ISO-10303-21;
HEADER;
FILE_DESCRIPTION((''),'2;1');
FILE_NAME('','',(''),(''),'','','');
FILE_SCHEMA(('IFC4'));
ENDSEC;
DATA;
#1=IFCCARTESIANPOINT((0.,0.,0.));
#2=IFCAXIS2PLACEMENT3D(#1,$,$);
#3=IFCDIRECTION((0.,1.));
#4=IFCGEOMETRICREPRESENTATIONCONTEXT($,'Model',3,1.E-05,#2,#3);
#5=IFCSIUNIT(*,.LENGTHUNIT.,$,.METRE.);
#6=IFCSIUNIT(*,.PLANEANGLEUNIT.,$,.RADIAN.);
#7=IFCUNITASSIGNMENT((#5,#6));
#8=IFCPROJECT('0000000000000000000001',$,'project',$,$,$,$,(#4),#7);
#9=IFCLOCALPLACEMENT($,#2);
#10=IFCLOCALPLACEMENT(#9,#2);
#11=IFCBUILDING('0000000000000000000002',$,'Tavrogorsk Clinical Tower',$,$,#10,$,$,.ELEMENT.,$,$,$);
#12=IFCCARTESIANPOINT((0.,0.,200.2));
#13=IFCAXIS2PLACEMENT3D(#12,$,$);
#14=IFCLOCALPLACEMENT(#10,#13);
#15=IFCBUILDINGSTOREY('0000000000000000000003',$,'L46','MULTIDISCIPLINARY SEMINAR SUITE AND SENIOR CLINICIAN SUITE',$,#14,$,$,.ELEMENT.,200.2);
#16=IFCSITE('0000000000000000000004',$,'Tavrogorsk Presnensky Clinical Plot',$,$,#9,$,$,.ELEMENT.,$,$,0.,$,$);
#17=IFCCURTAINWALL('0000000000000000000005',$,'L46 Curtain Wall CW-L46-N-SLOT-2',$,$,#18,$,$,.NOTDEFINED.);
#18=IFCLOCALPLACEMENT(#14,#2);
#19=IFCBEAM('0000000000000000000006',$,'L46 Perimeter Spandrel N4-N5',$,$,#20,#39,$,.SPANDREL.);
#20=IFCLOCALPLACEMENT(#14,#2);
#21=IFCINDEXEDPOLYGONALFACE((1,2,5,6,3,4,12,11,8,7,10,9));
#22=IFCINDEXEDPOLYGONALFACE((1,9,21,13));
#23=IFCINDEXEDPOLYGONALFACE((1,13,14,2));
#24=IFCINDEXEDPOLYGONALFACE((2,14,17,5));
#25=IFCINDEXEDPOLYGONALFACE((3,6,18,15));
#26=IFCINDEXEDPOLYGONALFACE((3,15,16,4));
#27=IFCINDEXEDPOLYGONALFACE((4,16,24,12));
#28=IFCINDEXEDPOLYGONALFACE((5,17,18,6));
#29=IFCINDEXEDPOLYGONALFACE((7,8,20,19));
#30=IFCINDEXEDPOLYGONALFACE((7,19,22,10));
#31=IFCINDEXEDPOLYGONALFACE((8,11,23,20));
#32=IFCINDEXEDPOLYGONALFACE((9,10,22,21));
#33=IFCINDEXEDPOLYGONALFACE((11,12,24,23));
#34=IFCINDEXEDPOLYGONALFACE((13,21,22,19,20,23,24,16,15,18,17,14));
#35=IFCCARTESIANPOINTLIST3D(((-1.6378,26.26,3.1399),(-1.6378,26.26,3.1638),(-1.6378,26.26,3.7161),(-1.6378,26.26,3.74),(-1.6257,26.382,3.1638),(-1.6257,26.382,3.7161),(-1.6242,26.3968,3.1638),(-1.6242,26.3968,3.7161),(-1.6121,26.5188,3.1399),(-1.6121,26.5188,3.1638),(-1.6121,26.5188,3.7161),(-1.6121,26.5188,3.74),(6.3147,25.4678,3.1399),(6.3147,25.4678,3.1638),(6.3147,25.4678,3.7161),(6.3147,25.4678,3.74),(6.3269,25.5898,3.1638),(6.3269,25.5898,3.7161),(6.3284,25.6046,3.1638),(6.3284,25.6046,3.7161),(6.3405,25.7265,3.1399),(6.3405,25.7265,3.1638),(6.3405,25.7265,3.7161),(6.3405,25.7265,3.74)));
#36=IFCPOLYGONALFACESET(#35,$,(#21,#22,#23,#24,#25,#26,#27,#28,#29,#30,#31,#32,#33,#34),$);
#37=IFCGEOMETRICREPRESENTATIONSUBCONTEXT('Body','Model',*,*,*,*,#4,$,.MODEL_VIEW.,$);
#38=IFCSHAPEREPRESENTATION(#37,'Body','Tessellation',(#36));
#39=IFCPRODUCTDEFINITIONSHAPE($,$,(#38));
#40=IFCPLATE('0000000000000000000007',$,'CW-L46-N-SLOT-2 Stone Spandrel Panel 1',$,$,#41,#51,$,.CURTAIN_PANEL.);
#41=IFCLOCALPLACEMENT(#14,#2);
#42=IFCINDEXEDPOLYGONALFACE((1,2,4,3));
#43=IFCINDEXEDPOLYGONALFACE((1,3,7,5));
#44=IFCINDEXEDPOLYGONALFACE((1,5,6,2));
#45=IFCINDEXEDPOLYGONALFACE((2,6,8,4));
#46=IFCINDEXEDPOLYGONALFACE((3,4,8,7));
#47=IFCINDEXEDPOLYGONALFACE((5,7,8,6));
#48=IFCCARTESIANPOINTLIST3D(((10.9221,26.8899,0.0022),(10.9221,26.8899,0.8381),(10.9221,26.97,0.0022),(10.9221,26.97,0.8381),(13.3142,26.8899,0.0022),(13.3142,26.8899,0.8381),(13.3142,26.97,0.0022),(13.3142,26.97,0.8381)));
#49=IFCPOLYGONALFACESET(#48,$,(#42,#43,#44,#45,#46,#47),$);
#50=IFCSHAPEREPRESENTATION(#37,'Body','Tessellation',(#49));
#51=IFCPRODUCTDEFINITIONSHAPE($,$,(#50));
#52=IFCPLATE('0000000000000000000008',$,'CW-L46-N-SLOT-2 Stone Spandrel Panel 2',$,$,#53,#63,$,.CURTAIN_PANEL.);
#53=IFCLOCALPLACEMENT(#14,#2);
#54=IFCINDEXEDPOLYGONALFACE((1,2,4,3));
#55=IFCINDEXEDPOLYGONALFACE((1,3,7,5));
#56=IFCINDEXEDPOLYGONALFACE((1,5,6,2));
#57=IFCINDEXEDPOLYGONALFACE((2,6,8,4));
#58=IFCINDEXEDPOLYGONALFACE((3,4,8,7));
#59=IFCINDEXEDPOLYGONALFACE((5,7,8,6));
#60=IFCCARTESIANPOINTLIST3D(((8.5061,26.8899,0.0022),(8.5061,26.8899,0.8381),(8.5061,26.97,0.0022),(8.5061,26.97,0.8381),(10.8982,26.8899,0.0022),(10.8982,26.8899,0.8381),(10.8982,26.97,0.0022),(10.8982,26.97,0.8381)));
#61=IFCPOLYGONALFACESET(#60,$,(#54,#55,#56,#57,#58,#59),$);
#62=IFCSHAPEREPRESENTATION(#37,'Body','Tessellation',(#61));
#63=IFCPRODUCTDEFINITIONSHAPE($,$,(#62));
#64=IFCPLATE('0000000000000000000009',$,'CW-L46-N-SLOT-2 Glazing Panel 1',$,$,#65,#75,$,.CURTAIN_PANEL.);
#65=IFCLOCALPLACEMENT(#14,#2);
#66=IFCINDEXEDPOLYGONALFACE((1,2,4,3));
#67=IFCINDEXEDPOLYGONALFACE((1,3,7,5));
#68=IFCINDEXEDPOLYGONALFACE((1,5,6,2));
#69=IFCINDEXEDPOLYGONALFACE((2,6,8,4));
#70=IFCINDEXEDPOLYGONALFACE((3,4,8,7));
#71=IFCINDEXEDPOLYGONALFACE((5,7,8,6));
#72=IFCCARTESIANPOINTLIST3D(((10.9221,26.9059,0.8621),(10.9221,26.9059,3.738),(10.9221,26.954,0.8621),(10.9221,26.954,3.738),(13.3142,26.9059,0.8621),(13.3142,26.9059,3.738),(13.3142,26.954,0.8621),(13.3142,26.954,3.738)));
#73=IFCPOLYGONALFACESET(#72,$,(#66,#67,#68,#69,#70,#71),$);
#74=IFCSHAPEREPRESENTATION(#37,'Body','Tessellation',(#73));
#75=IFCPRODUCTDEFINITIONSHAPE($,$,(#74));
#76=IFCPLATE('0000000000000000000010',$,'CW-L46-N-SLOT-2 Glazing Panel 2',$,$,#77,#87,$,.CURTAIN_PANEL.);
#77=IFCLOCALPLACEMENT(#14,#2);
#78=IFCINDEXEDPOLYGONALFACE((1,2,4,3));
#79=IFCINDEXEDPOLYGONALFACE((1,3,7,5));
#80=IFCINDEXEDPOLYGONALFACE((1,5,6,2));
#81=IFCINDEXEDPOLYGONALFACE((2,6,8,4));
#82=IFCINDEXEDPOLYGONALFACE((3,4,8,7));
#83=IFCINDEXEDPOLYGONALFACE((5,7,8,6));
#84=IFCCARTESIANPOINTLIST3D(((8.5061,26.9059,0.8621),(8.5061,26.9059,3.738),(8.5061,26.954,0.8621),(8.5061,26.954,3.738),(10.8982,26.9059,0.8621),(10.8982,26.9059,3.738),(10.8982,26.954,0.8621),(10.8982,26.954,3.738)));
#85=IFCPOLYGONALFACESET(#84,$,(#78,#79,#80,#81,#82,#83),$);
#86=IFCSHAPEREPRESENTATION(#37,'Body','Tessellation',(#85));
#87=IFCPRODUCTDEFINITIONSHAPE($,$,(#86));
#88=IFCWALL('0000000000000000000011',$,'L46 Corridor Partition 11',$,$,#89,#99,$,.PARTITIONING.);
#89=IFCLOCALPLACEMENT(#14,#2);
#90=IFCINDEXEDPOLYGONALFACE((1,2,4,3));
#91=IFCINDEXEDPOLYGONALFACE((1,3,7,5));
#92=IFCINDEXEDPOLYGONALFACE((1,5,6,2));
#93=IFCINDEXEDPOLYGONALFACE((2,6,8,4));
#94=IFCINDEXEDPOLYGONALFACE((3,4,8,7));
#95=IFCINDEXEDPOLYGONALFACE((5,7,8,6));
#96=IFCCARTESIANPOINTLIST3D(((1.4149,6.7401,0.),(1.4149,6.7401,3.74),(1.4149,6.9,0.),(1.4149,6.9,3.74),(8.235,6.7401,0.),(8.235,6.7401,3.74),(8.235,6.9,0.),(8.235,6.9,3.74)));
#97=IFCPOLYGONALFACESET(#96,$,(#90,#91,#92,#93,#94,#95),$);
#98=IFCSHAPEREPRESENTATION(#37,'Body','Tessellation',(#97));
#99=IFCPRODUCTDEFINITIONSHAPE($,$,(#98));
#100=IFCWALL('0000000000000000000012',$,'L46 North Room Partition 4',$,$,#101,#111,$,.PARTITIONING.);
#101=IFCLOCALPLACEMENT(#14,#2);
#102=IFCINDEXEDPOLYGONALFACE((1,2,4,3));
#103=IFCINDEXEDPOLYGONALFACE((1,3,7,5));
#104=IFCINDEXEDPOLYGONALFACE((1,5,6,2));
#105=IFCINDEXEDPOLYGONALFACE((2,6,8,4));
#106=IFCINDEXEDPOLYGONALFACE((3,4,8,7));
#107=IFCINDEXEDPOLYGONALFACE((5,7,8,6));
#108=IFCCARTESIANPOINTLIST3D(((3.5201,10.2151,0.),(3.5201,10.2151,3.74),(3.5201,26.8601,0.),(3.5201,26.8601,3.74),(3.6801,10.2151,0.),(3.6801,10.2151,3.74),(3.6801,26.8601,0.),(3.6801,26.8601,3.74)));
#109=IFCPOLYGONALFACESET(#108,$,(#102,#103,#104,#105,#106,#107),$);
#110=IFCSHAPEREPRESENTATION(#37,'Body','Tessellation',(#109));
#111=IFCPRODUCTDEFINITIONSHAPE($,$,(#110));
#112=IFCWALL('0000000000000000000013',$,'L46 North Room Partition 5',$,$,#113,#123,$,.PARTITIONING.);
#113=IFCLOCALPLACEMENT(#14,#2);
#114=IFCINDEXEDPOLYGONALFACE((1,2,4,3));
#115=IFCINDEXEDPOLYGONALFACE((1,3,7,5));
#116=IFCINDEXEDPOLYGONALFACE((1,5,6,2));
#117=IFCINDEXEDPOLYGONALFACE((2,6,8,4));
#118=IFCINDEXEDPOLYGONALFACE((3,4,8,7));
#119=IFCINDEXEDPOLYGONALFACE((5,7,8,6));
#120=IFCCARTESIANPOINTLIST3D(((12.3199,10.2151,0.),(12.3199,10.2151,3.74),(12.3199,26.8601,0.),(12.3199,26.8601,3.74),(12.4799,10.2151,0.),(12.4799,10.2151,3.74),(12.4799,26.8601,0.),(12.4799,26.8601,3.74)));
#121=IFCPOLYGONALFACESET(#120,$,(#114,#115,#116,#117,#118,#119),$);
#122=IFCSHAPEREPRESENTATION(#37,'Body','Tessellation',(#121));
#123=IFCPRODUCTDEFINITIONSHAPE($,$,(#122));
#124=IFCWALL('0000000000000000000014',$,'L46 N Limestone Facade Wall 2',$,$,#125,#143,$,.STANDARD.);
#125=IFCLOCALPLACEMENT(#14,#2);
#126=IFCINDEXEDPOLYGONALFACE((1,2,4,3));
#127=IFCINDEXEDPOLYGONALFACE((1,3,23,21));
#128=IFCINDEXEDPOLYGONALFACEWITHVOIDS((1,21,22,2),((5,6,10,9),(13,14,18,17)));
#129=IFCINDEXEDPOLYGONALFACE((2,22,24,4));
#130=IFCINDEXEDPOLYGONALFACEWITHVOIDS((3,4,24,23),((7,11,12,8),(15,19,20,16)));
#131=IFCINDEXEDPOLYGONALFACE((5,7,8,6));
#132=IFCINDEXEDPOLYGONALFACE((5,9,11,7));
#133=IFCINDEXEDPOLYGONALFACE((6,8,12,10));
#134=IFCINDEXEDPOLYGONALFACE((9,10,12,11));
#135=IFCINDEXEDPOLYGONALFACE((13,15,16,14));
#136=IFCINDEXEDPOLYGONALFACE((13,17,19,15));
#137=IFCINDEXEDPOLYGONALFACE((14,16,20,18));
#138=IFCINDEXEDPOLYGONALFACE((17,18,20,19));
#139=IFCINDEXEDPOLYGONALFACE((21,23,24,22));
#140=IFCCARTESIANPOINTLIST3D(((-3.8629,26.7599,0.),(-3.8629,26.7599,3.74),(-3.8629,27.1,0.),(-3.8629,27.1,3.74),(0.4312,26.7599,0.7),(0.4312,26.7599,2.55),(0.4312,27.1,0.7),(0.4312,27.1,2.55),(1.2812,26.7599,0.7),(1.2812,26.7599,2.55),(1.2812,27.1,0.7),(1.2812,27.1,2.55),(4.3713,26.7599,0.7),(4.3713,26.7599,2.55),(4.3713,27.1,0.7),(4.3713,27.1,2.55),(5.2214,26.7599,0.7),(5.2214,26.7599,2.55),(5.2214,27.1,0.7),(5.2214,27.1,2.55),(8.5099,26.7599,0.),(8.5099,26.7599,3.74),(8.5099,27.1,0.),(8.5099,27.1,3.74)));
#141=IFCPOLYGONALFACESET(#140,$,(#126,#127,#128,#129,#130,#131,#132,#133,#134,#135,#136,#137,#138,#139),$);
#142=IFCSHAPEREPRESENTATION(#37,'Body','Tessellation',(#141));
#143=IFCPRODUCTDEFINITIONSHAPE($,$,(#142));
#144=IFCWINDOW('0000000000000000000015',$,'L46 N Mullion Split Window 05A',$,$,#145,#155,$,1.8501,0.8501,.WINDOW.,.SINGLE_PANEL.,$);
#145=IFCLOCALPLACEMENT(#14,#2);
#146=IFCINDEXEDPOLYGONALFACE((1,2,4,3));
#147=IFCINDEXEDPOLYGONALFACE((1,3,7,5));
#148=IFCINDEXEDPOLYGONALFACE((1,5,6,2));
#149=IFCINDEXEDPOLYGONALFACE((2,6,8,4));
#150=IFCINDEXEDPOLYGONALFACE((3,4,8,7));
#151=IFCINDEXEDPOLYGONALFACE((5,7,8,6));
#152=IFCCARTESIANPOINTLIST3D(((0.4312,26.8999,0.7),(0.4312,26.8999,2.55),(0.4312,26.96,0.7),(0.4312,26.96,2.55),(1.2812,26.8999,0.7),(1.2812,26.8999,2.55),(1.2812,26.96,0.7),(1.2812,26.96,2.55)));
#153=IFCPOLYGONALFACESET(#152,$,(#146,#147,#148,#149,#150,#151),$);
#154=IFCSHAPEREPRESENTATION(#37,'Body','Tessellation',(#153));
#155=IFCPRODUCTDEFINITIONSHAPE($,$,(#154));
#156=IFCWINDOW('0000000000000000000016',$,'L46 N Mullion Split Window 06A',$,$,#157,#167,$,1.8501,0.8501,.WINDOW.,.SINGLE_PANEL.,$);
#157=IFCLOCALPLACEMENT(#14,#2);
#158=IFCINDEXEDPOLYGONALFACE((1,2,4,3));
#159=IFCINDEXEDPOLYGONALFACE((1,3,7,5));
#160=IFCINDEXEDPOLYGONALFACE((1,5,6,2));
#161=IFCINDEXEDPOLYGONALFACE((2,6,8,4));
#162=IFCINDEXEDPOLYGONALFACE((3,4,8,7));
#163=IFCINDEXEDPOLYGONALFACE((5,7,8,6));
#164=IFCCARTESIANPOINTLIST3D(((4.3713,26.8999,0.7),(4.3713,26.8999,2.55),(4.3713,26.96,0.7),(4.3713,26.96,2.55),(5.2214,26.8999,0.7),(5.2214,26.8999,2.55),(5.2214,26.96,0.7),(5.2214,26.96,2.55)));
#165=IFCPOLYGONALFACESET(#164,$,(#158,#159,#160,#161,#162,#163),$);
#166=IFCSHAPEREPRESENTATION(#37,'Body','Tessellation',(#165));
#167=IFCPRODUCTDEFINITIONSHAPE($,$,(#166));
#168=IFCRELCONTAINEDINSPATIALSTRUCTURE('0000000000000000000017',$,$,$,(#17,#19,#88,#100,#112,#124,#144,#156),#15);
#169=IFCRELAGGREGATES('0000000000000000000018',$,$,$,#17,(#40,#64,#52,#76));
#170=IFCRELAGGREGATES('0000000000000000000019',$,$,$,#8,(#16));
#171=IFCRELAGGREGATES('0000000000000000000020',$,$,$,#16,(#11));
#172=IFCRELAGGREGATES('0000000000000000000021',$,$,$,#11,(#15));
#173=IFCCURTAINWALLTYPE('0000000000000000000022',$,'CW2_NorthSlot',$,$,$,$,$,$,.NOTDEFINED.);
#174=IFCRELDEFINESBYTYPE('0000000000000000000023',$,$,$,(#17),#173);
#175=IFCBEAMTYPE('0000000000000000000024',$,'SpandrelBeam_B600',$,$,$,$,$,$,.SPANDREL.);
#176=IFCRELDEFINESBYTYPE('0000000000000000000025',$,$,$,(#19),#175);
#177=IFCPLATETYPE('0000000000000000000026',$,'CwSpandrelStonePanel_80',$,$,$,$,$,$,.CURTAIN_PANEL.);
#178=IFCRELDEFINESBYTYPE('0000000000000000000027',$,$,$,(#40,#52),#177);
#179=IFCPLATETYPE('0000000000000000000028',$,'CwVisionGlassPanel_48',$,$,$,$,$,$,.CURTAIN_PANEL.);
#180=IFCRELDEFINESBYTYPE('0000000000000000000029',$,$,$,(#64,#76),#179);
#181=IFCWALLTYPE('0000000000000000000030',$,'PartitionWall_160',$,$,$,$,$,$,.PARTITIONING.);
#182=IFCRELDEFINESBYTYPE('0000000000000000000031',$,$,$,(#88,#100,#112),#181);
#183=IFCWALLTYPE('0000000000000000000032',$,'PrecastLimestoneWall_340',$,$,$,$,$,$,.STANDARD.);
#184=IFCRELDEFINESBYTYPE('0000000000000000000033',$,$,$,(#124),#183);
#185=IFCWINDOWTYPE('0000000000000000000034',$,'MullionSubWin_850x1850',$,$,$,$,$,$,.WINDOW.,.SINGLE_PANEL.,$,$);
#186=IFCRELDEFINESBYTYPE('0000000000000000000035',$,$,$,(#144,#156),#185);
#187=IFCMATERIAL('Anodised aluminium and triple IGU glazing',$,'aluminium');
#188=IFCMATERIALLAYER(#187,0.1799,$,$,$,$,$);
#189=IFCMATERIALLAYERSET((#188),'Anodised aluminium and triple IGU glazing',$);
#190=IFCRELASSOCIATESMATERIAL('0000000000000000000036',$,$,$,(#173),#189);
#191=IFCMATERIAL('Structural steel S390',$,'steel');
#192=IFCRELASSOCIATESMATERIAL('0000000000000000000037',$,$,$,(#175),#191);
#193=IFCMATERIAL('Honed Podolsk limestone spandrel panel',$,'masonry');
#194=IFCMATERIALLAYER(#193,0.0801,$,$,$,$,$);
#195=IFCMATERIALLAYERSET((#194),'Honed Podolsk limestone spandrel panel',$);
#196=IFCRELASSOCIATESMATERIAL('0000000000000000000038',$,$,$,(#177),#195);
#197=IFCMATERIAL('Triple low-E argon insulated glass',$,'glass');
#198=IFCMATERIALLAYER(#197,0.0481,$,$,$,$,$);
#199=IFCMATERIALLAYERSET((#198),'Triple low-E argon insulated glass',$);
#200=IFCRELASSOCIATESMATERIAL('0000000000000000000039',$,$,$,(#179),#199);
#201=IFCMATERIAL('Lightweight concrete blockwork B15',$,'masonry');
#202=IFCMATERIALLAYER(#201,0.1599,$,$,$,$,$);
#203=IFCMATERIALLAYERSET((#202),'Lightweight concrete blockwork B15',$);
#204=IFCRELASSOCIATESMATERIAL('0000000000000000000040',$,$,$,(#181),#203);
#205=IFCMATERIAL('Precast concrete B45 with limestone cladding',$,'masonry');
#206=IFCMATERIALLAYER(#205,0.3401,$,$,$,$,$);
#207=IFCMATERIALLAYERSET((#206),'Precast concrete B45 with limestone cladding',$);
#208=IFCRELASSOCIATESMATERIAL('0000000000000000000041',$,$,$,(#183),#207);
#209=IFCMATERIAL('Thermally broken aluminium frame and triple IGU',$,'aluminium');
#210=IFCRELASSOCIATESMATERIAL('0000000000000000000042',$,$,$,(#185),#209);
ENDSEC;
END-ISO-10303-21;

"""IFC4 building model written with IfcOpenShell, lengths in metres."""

from ifc_helpers import new_model, si_unit, direction, frame, frame_2d, origin, origin_2d, place, context, subcontext, project, spatial, rectangle, i_section, extrude, material, layer, layer_set, material_profile, profile_set, type_object, element, fill, aggregate, save


model = new_model("IFC4")

# Units and contexts
model_context = context("Model", 3, precision=1e-05, world=origin(), true_north=direction((0.0, 1.0)))
body_context = subcontext(model_context, "Body", "Model", "MODEL_VIEW")
ifc_project = project(units=[si_unit("LENGTHUNIT", "METRE"), si_unit("PLANEANGLEUNIT", "RADIAN")], contexts=[model_context])

# Site, building, storey
site_placement = place(None, origin())
site = spatial("IfcSite", under=ifc_project, at=site_placement, Name="Tavrogorsk Presnensky Clinical Plot", CompositionType="ELEMENT", RefElevation=0.0)
building_placement = place(site_placement, origin())
building = spatial("IfcBuilding", under=site, at=building_placement, Name="Tavrogorsk Clinical Tower", CompositionType="ELEMENT")
storey_placement = place(building_placement, frame((0.0, 0.0, 200.2)))
storey = spatial("IfcBuildingStorey", under=building, at=storey_placement, Name="L46", Description="MULTIDISCIPLINARY SEMINAR SUITE AND SENIOR CLINICIAN SUITE", CompositionType="ELEMENT", Elevation=200.2)

# Curtain wall
ifc_material_1 = material(Name="Anodised aluminium and triple IGU glazing", Category="aluminium")
ifc_layer_1 = layer(ifc_material_1, 0.1799)
ifc_layer_set_1 = layer_set([ifc_layer_1], Name="Anodised aluminium and triple IGU glazing")
curtain_wall_type = type_object("IfcCurtainWallType", Name="CW2_NorthSlot", PredefinedType="NOTDEFINED", material=ifc_layer_set_1)
curtain_wall_placement = place(storey_placement, origin())
curtain_wall = element("IfcCurtainWall", 1, at=curtain_wall_placement, inside=storey, type_object=curtain_wall_type, Name="L46 Curtain Wall CW-L46-N-SLOT-2", PredefinedType="NOTDEFINED")

# Beam
ifc_material_2 = material(Name="Structural steel S390", Category="steel")
ifc_material_profile_1 = material_profile(ifc_material_2, i_section(OverallWidth=0.26, OverallDepth=0.6001, WebThickness=0.0149, FlangeThickness=0.0239, at=origin_2d()), Name="B-600x260x15x24")
ifc_profile_set_1 = profile_set([ifc_material_profile_1], Name="Structural steel S390")
beam_type_1 = type_object("IfcBeamType", Name="SpandrelBeam_B600", PredefinedType="SPANDREL", material=ifc_profile_set_1)
beam_1_placement = place(storey_placement, frame((6.3276, 25.5972, 3.4399), z_axis=(-0.995075, 0.099129, 0.0), x_axis=(-0.099129, -0.995075, 0.0)))
element("IfcBeam", 2, at=beam_1_placement, inside=storey, type_object=beam_type_1, Name="L46 Perimeter Spandrel N4-N5", PredefinedType="SPANDREL", context=body_context, shape_type="SweptSolid", body=[
    extrude(i_section(OverallWidth=0.26, OverallDepth=0.6001, WebThickness=0.0149, FlangeThickness=0.0239, at=origin_2d()), origin(), (0.0, 0.0, 1.0), 7.9919),
])

# Plates
ifc_material_3 = material(Name="Honed Podolsk limestone spandrel panel", Category="masonry")
ifc_layer_2 = layer(ifc_material_3, 0.0801)
ifc_layer_set_2 = layer_set([ifc_layer_2], Name="Honed Podolsk limestone spandrel panel")
plate_type_1 = type_object("IfcPlateType", Name="CwSpandrelStonePanel_80", PredefinedType="CURTAIN_PANEL", material=ifc_layer_set_2)
plate_1_placement = place(storey_placement, frame((12.1182, 26.9299, 0.0022), z_axis=(0.0, 0.0, 1.0), x_axis=(-1.0, 0.0, 0.0)))
plate_1 = element("IfcPlate", 3, at=plate_1_placement, type_object=plate_type_1, Name="CW-L46-N-SLOT-2 Stone Spandrel Panel 1", PredefinedType="CURTAIN_PANEL", context=body_context, shape_type="SweptSolid", body=[
    extrude(rectangle(XDim=2.3921, YDim=0.0801, at=origin_2d()), origin(), (0.0, 0.0, 1.0), 0.8359),
])
plate_2_placement = place(storey_placement, frame((9.7021, 26.9299, 0.0022), z_axis=(0.0, 0.0, 1.0), x_axis=(-1.0, 0.0, 0.0)))
plate_2 = element("IfcPlate", 4, at=plate_2_placement, type_object=plate_type_1, Name="CW-L46-N-SLOT-2 Stone Spandrel Panel 2", PredefinedType="CURTAIN_PANEL", context=body_context, shape_type="SweptSolid", body=[
    extrude(rectangle(XDim=2.3921, YDim=0.0801, at=origin_2d()), origin(), (0.0, 0.0, 1.0), 0.8359),
])
ifc_material_4 = material(Name="Triple low-E argon insulated glass", Category="glass")
ifc_layer_3 = layer(ifc_material_4, 0.0481)
ifc_layer_set_3 = layer_set([ifc_layer_3], Name="Triple low-E argon insulated glass")
plate_type_2 = type_object("IfcPlateType", Name="CwVisionGlassPanel_48", PredefinedType="CURTAIN_PANEL", material=ifc_layer_set_3)
plate_3_placement = place(storey_placement, frame((12.1182, 26.9299, 0.8621), z_axis=(0.0, 0.0, 1.0), x_axis=(-1.0, 0.0, 0.0)))
plate_3 = element("IfcPlate", 5, at=plate_3_placement, type_object=plate_type_2, Name="CW-L46-N-SLOT-2 Glazing Panel 1", PredefinedType="CURTAIN_PANEL", context=body_context, shape_type="SweptSolid", body=[
    extrude(rectangle(XDim=2.3921, YDim=0.0481, at=origin_2d()), origin(), (0.0, 0.0, 1.0), 2.876),
])
plate_4_placement = place(storey_placement, frame((9.7021, 26.9299, 0.8621), z_axis=(0.0, 0.0, 1.0), x_axis=(-1.0, 0.0, 0.0)))
plate_4 = element("IfcPlate", 6, at=plate_4_placement, type_object=plate_type_2, Name="CW-L46-N-SLOT-2 Glazing Panel 2", PredefinedType="CURTAIN_PANEL", context=body_context, shape_type="SweptSolid", body=[
    extrude(rectangle(XDim=2.3921, YDim=0.0481, at=origin_2d()), origin(), (0.0, 0.0, 1.0), 2.876),
])
aggregate(curtain_wall, [plate_1, plate_3, plate_2, plate_4])

# Walls
ifc_material_5 = material(Name="Lightweight concrete blockwork B15", Category="masonry")
ifc_layer_4 = layer(ifc_material_5, 0.1599)
ifc_layer_set_4 = layer_set([ifc_layer_4], Name="Lightweight concrete blockwork B15")
wall_type_1 = type_object("IfcWallType", Name="PartitionWall_160", PredefinedType="PARTITIONING", material=ifc_layer_set_4)
wall_1_placement = place(storey_placement, frame((8.2351, 6.8201, 0.0), z_axis=(0.0, 0.0, 1.0), x_axis=(-1.0, 0.0, 0.0)))
element("IfcWall", 7, at=wall_1_placement, inside=storey, type_object=wall_type_1, Name="L46 Corridor Partition 11", PredefinedType="PARTITIONING", context=body_context, shape_type="SweptSolid", body=[
    extrude(rectangle(XDim=6.8201, YDim=0.1599, at=frame_2d((3.4102, 0.0))), origin(), (0.0, 0.0, 1.0), 3.74),
])
for number, where, z_axis, x_axis, name in (
    (8, (3.6001, 10.2151, 0.0), (0.0, 0.0, 1.0), (0.0, 1.0, 0.0), "L46 North Room Partition 4"),
    (9, (12.3999, 10.2151, 0.0), (0.0, 0.0, 1.0), (0.0, 1.0, 0.0), "L46 North Room Partition 5"),
):
    element("IfcWall", number, at=place(storey_placement, frame(where, z_axis=z_axis, x_axis=x_axis)), inside=storey, type_object=wall_type_1, Name=name, PredefinedType="PARTITIONING", context=body_context, shape_type="SweptSolid", body=[
        extrude(rectangle(XDim=16.645, YDim=0.1599, at=frame_2d((8.3225, 0.0))), origin(), (0.0, 0.0, 1.0), 3.74),
    ])

# Wall, openings, windows
ifc_material_6 = material(Name="Precast concrete B45 with limestone cladding", Category="masonry")
ifc_layer_5 = layer(ifc_material_6, 0.3401)
ifc_layer_set_5 = layer_set([ifc_layer_5], Name="Precast concrete B45 with limestone cladding")
wall_type_2 = type_object("IfcWallType", Name="PrecastLimestoneWall_340", PredefinedType="STANDARD", material=ifc_layer_set_5)
wall_2_placement = place(storey_placement, frame((8.51, 26.9299, 0.0), z_axis=(0.0, 0.0, 1.0), x_axis=(-1.0, 0.0, 0.0)))
wall_2 = element("IfcWall", 10, at=wall_2_placement, inside=storey, type_object=wall_type_2, Name="L46 N Limestone Facade Wall 2", PredefinedType="STANDARD", context=body_context, shape_type="SweptSolid", body=[
    extrude(rectangle(XDim=12.3728, YDim=0.3401, at=frame_2d((6.1865, 0.0))), origin(), (0.0, 0.0, 1.0), 3.74),
])
opening_1_placement = place(wall_2_placement, frame((7.2288, 0.0, 0.7)))
opening_1 = element("IfcOpeningElement", 11, at=opening_1_placement, cuts=wall_2, PredefinedType="OPENING", context=body_context, shape_type="SweptSolid", body=[
    extrude(rectangle(XDim=0.8501, YDim=1.8501, at=frame_2d((0.425, 0.925))), frame((0.0, 0.1799, 0.0), z_axis=(0.0, -1.0, 0.0), x_axis=(1.0, 0.0, 0.0)), (0.0, 0.0, 1.0), 0.3601),
])
opening_2_placement = place(wall_2_placement, frame((3.2886, 0.0, 0.7)))
opening_2 = element("IfcOpeningElement", 12, at=opening_2_placement, cuts=wall_2, PredefinedType="OPENING", context=body_context, shape_type="SweptSolid", body=[
    extrude(rectangle(XDim=0.8501, YDim=1.8501, at=frame_2d((0.425, 0.925))), frame((0.0, 0.1799, 0.0), z_axis=(0.0, -1.0, 0.0), x_axis=(1.0, 0.0, 0.0)), (0.0, 0.0, 1.0), 0.3601),
])
ifc_material_7 = material(Name="Thermally broken aluminium frame and triple IGU", Category="aluminium")
window_type = type_object("IfcWindowType", Name="MullionSubWin_850x1850", PartitioningType="SINGLE_PANEL", PredefinedType="WINDOW", material=ifc_material_7)
window_1_placement = place(opening_1_placement, origin())
window_1 = element("IfcWindow", 13, at=window_1_placement, inside=storey, type_object=window_type, Name="L46 N Mullion Split Window 05A", OverallHeight=1.8501, OverallWidth=0.8501, PartitioningType="SINGLE_PANEL", PredefinedType="WINDOW", context=body_context, shape_type="SweptSolid", body=[
    extrude(rectangle(XDim=0.8501, YDim=1.8501, at=frame_2d((0.425, 0.925))), frame((0.0, 0.03, 0.0), z_axis=(0.0, -1.0, 0.0), x_axis=(1.0, 0.0, 0.0)), (0.0, 0.0, 1.0), 0.0601),
])
fill(opening_1, window_1)
window_2_placement = place(opening_2_placement, origin())
window_2 = element("IfcWindow", 14, at=window_2_placement, inside=storey, type_object=window_type, Name="L46 N Mullion Split Window 06A", OverallHeight=1.8501, OverallWidth=0.8501, PartitioningType="SINGLE_PANEL", PredefinedType="WINDOW", context=body_context, shape_type="SweptSolid", body=[
    extrude(rectangle(XDim=0.8501, YDim=1.8501, at=frame_2d((0.425, 0.925))), frame((0.0, 0.03, 0.0), z_axis=(0.0, -1.0, 0.0), x_axis=(1.0, 0.0, 0.0)), (0.0, 0.0, 1.0), 0.0601),
])
fill(opening_2, window_2)

save(model, "model.ifc")
